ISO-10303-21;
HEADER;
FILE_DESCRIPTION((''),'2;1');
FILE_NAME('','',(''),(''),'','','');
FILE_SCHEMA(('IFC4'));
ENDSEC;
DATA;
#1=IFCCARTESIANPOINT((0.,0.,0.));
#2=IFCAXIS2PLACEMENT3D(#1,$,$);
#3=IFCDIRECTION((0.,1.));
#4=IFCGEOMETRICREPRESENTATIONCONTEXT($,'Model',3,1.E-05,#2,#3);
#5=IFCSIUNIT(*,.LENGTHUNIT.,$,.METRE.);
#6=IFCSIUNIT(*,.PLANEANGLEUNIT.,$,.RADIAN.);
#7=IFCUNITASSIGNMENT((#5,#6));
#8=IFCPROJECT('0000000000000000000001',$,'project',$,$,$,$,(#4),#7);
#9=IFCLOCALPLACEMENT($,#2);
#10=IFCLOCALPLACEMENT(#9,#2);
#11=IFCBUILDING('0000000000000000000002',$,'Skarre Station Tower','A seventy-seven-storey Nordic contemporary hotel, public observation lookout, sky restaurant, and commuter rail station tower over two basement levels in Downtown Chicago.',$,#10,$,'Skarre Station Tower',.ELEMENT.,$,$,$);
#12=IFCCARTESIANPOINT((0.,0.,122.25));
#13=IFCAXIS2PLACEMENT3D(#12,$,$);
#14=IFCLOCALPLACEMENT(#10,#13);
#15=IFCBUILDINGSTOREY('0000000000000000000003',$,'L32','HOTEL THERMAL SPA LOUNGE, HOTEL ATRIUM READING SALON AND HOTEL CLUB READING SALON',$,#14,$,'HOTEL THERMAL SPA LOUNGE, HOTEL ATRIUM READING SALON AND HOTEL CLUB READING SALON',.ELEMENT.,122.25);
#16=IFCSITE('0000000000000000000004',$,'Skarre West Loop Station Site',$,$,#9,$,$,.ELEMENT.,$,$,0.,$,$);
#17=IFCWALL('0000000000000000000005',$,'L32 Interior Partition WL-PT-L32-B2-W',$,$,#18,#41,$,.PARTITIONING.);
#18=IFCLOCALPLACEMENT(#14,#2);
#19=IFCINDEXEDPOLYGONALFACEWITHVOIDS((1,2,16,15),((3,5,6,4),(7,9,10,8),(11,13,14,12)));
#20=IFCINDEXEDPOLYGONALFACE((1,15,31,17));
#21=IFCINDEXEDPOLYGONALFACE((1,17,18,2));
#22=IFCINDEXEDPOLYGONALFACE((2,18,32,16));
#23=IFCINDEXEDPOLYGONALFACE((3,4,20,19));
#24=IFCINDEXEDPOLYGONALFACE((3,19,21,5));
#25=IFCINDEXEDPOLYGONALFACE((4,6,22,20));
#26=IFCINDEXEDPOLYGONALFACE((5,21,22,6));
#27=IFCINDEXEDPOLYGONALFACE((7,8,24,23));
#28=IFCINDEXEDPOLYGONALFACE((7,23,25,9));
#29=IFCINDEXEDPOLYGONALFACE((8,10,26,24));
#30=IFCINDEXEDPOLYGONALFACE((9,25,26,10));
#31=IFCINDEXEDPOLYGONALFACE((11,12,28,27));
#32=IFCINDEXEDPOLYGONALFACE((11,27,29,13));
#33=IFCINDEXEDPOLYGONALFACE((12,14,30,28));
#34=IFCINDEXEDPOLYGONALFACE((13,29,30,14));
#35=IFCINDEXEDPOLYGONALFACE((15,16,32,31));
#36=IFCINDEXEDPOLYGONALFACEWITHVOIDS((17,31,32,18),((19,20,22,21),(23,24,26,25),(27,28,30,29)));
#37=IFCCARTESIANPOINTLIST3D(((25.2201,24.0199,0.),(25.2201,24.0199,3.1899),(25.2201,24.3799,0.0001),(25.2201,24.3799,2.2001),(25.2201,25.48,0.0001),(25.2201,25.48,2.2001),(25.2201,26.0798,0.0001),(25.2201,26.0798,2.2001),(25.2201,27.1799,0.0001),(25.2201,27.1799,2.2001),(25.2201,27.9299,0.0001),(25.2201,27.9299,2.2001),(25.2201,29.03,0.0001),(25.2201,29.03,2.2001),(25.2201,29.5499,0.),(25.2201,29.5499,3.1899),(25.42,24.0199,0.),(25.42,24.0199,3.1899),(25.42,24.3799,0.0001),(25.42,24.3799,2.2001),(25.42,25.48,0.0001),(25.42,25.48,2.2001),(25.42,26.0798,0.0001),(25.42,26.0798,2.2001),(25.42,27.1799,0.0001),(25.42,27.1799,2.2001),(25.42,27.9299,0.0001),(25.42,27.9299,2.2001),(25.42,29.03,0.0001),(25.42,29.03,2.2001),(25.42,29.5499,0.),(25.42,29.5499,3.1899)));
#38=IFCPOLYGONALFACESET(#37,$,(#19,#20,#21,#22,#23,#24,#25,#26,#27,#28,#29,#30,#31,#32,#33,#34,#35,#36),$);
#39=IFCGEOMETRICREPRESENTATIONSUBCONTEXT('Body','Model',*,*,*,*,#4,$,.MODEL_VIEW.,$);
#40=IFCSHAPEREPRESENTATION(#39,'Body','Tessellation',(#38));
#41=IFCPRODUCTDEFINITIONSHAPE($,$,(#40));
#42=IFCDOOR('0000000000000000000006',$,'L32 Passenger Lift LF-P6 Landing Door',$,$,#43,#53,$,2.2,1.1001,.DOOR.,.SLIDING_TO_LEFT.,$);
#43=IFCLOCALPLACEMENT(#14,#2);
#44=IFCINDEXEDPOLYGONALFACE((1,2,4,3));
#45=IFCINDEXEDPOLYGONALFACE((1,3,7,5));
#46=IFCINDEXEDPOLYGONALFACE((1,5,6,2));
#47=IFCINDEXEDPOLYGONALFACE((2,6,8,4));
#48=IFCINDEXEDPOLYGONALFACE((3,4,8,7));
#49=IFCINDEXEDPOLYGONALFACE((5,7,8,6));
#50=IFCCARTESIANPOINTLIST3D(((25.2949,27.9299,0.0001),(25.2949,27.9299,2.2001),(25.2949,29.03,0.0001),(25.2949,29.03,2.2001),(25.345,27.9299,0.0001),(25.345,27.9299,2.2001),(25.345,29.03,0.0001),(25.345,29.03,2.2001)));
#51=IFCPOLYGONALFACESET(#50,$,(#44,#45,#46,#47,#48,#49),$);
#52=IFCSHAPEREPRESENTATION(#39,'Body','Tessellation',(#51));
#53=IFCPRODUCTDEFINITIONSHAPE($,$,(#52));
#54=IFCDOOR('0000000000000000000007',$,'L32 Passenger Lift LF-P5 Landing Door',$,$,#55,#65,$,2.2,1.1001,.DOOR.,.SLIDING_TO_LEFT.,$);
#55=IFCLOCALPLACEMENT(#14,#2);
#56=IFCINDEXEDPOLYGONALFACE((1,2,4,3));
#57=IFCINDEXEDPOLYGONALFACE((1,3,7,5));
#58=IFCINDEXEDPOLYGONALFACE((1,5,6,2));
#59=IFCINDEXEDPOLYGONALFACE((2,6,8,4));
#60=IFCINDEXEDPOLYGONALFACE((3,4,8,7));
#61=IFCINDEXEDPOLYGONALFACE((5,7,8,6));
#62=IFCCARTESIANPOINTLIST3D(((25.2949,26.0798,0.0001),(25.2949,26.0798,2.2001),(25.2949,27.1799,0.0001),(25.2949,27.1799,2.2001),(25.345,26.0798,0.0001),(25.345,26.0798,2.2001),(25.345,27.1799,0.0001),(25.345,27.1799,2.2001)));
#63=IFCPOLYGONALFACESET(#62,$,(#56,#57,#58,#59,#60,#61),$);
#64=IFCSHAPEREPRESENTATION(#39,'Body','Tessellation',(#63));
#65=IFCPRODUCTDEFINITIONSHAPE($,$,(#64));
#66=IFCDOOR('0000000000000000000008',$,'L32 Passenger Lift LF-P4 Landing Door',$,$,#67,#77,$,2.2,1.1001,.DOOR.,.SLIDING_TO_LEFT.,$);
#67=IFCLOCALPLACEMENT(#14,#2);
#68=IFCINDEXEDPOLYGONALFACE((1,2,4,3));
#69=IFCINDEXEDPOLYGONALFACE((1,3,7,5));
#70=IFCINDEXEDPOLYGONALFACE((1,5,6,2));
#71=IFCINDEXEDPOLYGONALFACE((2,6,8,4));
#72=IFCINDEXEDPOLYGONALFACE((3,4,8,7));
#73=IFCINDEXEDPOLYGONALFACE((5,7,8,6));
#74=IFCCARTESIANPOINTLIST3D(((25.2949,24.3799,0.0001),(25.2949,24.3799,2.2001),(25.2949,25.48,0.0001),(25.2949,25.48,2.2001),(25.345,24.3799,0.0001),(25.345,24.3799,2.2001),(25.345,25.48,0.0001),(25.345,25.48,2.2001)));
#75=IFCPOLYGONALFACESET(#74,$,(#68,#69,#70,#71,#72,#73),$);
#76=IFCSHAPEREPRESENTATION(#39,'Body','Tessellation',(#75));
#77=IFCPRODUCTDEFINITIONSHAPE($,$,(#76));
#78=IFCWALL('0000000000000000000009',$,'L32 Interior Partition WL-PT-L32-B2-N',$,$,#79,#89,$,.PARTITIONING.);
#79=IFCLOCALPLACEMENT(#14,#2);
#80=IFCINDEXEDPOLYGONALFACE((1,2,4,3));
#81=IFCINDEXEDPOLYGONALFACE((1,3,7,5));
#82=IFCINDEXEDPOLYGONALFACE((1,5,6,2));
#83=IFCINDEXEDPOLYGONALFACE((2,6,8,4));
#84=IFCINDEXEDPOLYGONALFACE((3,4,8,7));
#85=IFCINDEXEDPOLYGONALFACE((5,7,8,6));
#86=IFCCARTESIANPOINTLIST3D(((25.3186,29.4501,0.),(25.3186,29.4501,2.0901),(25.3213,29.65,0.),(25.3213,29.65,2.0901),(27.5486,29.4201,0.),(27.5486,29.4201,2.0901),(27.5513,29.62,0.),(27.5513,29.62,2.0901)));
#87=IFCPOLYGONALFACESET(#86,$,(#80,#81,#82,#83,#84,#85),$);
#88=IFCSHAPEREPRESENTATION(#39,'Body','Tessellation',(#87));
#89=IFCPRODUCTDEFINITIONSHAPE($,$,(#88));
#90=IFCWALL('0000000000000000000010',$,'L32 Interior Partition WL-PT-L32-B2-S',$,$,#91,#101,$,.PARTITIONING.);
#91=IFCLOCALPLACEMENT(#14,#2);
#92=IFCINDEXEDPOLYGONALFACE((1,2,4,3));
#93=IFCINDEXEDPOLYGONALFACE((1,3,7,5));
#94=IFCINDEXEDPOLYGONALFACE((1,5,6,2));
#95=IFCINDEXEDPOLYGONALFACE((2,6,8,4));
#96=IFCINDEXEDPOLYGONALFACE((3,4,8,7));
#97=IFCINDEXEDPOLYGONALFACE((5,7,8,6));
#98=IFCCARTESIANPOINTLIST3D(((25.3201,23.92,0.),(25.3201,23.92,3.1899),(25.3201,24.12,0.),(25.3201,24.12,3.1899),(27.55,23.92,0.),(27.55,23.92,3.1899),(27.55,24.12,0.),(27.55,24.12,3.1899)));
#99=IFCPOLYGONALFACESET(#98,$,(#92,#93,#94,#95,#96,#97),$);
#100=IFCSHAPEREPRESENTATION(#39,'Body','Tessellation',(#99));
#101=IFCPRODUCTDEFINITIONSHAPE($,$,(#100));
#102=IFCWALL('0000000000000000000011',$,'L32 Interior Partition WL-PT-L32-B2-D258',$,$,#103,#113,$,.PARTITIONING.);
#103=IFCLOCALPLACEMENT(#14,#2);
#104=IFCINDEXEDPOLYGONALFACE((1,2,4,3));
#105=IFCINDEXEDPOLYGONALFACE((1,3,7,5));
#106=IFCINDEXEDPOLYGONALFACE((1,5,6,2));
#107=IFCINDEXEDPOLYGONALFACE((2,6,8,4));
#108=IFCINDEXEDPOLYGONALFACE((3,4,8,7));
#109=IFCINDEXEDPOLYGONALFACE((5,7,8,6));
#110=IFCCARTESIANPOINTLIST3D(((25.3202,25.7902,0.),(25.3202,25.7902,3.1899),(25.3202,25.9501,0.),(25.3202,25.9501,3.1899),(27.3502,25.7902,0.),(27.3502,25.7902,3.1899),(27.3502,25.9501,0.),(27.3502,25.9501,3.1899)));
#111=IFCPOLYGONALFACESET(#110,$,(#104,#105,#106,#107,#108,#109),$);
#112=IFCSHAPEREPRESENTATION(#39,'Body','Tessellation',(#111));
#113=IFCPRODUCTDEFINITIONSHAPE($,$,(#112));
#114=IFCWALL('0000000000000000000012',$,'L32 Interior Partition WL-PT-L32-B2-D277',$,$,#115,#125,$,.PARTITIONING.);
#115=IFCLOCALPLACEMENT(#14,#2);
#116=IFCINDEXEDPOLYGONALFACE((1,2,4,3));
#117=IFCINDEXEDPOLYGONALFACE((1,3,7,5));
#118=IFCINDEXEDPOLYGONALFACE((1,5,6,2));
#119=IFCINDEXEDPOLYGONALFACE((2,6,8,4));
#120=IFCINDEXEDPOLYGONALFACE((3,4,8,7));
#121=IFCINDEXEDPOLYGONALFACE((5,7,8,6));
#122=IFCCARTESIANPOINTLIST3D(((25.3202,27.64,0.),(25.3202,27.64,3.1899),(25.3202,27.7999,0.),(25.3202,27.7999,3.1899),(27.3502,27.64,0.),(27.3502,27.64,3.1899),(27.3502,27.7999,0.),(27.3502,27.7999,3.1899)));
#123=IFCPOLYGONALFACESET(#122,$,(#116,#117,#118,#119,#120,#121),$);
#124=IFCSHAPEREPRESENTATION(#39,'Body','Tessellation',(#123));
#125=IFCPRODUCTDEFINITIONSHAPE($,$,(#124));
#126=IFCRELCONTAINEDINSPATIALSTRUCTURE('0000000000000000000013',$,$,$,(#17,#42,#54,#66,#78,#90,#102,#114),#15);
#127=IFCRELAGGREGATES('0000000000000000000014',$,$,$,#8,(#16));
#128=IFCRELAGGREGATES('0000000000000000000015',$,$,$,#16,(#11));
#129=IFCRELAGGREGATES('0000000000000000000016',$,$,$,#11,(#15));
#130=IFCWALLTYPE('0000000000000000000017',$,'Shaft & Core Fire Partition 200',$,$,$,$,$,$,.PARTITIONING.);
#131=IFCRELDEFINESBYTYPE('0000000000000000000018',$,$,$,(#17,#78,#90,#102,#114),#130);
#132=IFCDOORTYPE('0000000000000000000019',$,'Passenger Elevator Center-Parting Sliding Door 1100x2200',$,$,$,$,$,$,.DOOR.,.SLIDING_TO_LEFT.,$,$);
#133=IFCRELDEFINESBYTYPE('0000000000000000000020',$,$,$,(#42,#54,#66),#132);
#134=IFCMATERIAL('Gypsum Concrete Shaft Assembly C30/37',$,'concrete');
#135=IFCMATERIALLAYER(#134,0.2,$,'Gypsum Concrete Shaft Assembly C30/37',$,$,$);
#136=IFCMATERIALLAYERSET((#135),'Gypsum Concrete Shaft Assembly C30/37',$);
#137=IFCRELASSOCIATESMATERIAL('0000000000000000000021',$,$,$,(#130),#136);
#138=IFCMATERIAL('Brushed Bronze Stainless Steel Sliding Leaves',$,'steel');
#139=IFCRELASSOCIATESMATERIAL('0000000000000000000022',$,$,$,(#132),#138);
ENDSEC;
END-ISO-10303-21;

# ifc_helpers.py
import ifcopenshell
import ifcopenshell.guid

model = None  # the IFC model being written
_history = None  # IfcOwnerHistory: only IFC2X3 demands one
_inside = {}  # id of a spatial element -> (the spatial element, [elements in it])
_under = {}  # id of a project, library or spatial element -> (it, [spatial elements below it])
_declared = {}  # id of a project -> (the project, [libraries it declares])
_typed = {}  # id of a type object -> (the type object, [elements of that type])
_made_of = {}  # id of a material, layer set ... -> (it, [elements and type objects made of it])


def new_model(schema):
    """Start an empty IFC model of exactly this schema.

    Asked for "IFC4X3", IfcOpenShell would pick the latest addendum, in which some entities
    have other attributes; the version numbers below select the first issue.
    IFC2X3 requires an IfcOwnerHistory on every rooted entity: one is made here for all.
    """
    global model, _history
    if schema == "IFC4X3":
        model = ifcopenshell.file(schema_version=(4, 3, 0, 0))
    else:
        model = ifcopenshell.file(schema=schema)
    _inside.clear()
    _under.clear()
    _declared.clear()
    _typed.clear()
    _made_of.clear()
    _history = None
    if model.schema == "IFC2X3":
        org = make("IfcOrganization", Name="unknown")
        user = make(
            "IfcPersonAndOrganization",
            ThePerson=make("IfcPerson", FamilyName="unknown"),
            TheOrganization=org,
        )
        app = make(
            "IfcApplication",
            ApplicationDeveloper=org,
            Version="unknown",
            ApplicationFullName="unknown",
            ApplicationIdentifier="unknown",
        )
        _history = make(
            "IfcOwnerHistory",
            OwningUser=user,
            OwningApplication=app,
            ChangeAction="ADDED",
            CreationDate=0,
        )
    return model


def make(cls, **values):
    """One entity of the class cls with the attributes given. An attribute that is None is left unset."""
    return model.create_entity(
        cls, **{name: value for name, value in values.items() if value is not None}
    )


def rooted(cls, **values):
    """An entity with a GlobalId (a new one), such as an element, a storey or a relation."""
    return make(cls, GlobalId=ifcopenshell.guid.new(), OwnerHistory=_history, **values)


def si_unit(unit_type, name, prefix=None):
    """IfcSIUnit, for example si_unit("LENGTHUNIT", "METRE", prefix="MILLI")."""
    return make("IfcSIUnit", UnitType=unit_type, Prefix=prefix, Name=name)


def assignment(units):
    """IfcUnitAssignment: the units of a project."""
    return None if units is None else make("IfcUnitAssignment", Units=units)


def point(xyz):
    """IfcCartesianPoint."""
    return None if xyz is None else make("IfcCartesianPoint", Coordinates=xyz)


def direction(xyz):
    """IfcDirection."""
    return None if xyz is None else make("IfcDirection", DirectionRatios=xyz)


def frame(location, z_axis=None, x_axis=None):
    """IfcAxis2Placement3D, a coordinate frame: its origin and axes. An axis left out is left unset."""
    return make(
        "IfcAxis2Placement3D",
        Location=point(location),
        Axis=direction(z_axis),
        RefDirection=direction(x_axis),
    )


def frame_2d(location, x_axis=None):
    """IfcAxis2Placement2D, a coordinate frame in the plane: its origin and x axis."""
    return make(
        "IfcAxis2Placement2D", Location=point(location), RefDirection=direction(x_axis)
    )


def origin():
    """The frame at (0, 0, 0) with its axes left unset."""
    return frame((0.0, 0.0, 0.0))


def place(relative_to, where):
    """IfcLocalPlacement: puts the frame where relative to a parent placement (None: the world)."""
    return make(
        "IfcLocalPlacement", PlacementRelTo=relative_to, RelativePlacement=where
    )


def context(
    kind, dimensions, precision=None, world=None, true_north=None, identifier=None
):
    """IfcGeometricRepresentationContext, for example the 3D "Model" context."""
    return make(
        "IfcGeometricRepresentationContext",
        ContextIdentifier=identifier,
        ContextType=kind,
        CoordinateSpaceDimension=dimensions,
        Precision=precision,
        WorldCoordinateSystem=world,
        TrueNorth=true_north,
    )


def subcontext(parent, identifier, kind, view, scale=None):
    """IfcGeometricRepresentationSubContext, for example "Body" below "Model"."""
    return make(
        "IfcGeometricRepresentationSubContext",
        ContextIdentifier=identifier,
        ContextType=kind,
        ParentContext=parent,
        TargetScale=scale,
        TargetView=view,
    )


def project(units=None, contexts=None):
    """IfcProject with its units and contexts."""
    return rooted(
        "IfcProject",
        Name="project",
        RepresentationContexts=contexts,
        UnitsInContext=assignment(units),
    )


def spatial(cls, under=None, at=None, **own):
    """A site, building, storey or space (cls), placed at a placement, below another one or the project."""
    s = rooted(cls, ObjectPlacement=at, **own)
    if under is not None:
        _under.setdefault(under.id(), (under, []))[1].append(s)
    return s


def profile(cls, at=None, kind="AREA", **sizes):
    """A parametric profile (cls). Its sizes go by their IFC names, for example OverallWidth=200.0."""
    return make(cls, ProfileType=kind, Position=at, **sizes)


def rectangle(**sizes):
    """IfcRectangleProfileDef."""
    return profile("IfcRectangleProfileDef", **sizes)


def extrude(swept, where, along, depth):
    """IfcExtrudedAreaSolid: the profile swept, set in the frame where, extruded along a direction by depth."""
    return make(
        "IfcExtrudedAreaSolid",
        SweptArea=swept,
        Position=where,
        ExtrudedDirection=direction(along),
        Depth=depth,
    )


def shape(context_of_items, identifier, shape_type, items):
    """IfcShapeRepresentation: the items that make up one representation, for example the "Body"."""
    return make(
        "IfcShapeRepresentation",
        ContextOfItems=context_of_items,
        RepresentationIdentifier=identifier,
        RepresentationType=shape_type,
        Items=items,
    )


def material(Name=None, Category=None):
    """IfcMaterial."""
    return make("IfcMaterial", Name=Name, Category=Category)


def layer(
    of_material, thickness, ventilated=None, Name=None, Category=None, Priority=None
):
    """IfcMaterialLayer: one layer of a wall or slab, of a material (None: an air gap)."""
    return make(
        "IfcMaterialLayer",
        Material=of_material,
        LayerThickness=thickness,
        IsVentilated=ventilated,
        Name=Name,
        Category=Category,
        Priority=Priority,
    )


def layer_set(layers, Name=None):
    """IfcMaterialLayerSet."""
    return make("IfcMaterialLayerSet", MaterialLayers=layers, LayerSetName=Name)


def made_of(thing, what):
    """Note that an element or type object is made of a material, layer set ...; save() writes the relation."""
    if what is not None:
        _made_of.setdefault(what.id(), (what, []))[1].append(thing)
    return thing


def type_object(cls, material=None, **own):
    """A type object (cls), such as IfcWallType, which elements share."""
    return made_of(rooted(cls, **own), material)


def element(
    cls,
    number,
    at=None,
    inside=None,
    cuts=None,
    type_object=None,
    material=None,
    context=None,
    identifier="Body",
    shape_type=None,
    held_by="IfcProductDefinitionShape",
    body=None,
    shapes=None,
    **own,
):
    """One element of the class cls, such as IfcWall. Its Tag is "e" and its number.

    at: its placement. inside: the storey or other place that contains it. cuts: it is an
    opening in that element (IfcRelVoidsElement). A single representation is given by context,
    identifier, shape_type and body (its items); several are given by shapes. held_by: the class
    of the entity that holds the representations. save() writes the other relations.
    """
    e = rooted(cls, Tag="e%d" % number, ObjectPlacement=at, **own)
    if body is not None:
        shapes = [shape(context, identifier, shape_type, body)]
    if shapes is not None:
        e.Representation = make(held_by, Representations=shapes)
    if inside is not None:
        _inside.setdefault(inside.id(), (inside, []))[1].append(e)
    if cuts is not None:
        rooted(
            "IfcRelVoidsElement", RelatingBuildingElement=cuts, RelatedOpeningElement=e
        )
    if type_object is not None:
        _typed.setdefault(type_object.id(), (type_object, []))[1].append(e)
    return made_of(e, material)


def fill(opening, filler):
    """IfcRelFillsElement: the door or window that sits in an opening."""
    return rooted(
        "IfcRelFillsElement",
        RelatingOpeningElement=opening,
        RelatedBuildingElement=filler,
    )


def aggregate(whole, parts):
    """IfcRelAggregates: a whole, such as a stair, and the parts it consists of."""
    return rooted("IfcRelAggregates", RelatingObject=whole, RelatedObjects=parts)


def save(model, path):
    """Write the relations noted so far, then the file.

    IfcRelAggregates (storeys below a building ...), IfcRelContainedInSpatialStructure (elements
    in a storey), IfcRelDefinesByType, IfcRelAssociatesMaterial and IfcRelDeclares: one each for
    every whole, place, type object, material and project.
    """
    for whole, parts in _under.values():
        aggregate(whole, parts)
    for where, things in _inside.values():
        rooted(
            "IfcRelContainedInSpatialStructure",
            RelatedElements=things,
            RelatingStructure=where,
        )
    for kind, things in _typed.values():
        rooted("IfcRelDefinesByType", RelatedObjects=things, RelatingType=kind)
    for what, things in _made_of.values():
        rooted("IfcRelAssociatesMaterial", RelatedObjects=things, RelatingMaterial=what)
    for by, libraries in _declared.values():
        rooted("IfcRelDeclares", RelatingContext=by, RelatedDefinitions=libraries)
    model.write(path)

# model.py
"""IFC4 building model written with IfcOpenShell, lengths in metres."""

from ifc_helpers import new_model, si_unit, direction, frame, frame_2d, origin, place, context, subcontext, project, spatial, rectangle, extrude, material, layer, layer_set, type_object, element, fill, save


model = new_model("IFC4")

# Units and contexts
model_context = context("Model", 3, precision=1e-05, world=origin(), true_north=direction((0.0, 1.0)))
body_context = subcontext(model_context, "Body", "Model", "MODEL_VIEW")
ifc_project = project(units=[si_unit("LENGTHUNIT", "METRE"), si_unit("PLANEANGLEUNIT", "RADIAN")], contexts=[model_context])

# Site, building, storey
site_placement = place(None, origin())
site = spatial("IfcSite", under=ifc_project, at=site_placement, Name="Skarre West Loop Station Site", CompositionType="ELEMENT", RefElevation=0.0)
building_placement = place(site_placement, origin())
building = spatial("IfcBuilding", under=site, at=building_placement, Name="Skarre Station Tower", Description="A seventy-seven-storey Nordic contemporary hotel, public observation lookout, sky restaurant, and commuter rail station tower over two basement levels in Downtown Chicago.", LongName="Skarre Station Tower", CompositionType="ELEMENT")
storey_placement = place(building_placement, frame((0.0, 0.0, 122.25)))
storey = spatial("IfcBuildingStorey", under=building, at=storey_placement, Name="L32", Description="HOTEL THERMAL SPA LOUNGE, HOTEL ATRIUM READING SALON AND HOTEL CLUB READING SALON", LongName="HOTEL THERMAL SPA LOUNGE, HOTEL ATRIUM READING SALON AND HOTEL CLUB READING SALON", CompositionType="ELEMENT", Elevation=122.25)

# Shared definitions
ifc_material_1 = material(Name="Gypsum Concrete Shaft Assembly C30/37", Category="concrete")
ifc_layer_1 = layer(ifc_material_1, 0.2, Name="Gypsum Concrete Shaft Assembly C30/37")
ifc_layer_set_1 = layer_set([ifc_layer_1], Name="Gypsum Concrete Shaft Assembly C30/37")
wall_type_1 = type_object("IfcWallType", Name="Shaft & Core Fire Partition 200", PredefinedType="PARTITIONING", material=ifc_layer_set_1)

# Wall, openings, doors
wall_1_placement = place(storey_placement, frame((25.3201, 29.55, 0.0), z_axis=(0.0, 0.0, 1.0), x_axis=(0.0, -1.0, 0.0)))
wall_1 = element("IfcWall", 1, at=wall_1_placement, inside=storey, type_object=wall_type_1, Name="L32 Interior Partition WL-PT-L32-B2-W", PredefinedType="PARTITIONING", context=body_context, shape_type="SweptSolid", body=[
    extrude(rectangle(XDim=5.53, YDim=0.2, at=frame_2d((2.7651, 0.0))), origin(), (0.0, 0.0, 1.0), 3.1899),
])
opening_1_placement = place(wall_1_placement, frame((0.52, 0.0, 0.0)))
opening_1 = element("IfcOpeningElement", 2, at=opening_1_placement, cuts=wall_1, PredefinedType="OPENING", context=body_context, shape_type="SweptSolid", body=[
    extrude(rectangle(XDim=1.1001, YDim=2.2, at=frame_2d((0.55, 1.1001))), frame((0.0, 0.1099, 0.0), z_axis=(0.0, -1.0, 0.0), x_axis=(1.0, 0.0, 0.0)), (0.0, 0.0, 1.0), 0.22),
])
opening_2_placement = place(wall_1_placement, frame((2.3701, 0.0, 0.0)))
opening_2 = element("IfcOpeningElement", 3, at=opening_2_placement, cuts=wall_1, PredefinedType="OPENING", context=body_context, shape_type="SweptSolid", body=[
    extrude(rectangle(XDim=1.1001, YDim=2.2, at=frame_2d((0.55, 1.1001))), frame((0.0, 0.1099, 0.0), z_axis=(0.0, -1.0, 0.0), x_axis=(1.0, 0.0, 0.0)), (0.0, 0.0, 1.0), 0.22),
])
opening_3_placement = place(wall_1_placement, frame((4.0701, 0.0, 0.0)))
opening_3 = element("IfcOpeningElement", 4, at=opening_3_placement, cuts=wall_1, PredefinedType="OPENING", context=body_context, shape_type="SweptSolid", body=[
    extrude(rectangle(XDim=1.1001, YDim=2.2, at=frame_2d((0.55, 1.1001))), frame((0.0, 0.1099, 0.0), z_axis=(0.0, -1.0, 0.0), x_axis=(1.0, 0.0, 0.0)), (0.0, 0.0, 1.0), 0.22),
])
ifc_material_2 = material(Name="Brushed Bronze Stainless Steel Sliding Leaves", Category="steel")
door_type_1 = type_object("IfcDoorType", Name="Passenger Elevator Center-Parting Sliding Door 1100x2200", OperationType="SLIDING_TO_LEFT", PredefinedType="DOOR", material=ifc_material_2)
door_1_placement = place(opening_1_placement, origin())
door_1 = element("IfcDoor", 5, at=door_1_placement, inside=storey, type_object=door_type_1, Name="L32 Passenger Lift LF-P6 Landing Door", OperationType="SLIDING_TO_LEFT", OverallHeight=2.2, OverallWidth=1.1001, PredefinedType="DOOR", context=body_context, shape_type="SweptSolid", body=[
    extrude(rectangle(XDim=1.1001, YDim=2.2, at=frame_2d((0.55, 1.1001))), frame((0.0, 0.0249, 0.0), z_axis=(0.0, -1.0, 0.0), x_axis=(1.0, 0.0, 0.0)), (0.0, 0.0, 1.0), 0.05),
])
fill(opening_1, door_1)
door_2_placement = place(opening_2_placement, origin())
door_2 = element("IfcDoor", 6, at=door_2_placement, inside=storey, type_object=door_type_1, Name="L32 Passenger Lift LF-P5 Landing Door", OperationType="SLIDING_TO_LEFT", OverallHeight=2.2, OverallWidth=1.1001, PredefinedType="DOOR", context=body_context, shape_type="SweptSolid", body=[
    extrude(rectangle(XDim=1.1001, YDim=2.2, at=frame_2d((0.55, 1.1001))), frame((0.0, 0.0249, 0.0), z_axis=(0.0, -1.0, 0.0), x_axis=(1.0, 0.0, 0.0)), (0.0, 0.0, 1.0), 0.05),
])
fill(opening_2, door_2)
door_3_placement = place(opening_3_placement, origin())
door_3 = element("IfcDoor", 7, at=door_3_placement, inside=storey, type_object=door_type_1, Name="L32 Passenger Lift LF-P4 Landing Door", OperationType="SLIDING_TO_LEFT", OverallHeight=2.2, OverallWidth=1.1001, PredefinedType="DOOR", context=body_context, shape_type="SweptSolid", body=[
    extrude(rectangle(XDim=1.1001, YDim=2.2, at=frame_2d((0.55, 1.1001))), frame((0.0, 0.0249, 0.0), z_axis=(0.0, -1.0, 0.0), x_axis=(1.0, 0.0, 0.0)), (0.0, 0.0, 1.0), 0.05),
])
fill(opening_3, door_3)

# Walls
wall_2_placement = place(storey_placement, frame((27.55, 29.52, 0.0), z_axis=(0.0, 0.0, 1.0), x_axis=(-0.999909, 0.013465, 0.0)))
element("IfcWall", 8, at=wall_2_placement, inside=storey, type_object=wall_type_1, Name="L32 Interior Partition WL-PT-L32-B2-N", PredefinedType="PARTITIONING", context=body_context, shape_type="SweptSolid", body=[
    extrude(rectangle(XDim=2.2302, YDim=0.2, at=frame_2d((1.1152, 0.0))), origin(), (0.0, 0.0, 1.0), 2.0901),
])
wall_3_placement = place(storey_placement, frame((25.3201, 24.02, 0.0), z_axis=(0.0, 0.0, 1.0), x_axis=(1.0, 0.0, 0.0)))
element("IfcWall", 9, at=wall_3_placement, inside=storey, type_object=wall_type_1, Name="L32 Interior Partition WL-PT-L32-B2-S", PredefinedType="PARTITIONING", context=body_context, shape_type="SweptSolid", body=[
    extrude(rectangle(XDim=2.23, YDim=0.2, at=frame_2d((1.115, 0.0))), origin(), (0.0, 0.0, 1.0), 3.1899),
])
for number, where, z_axis, x_axis, name in (
    (10, (25.3201, 25.8701, 0.0), (0.0, 0.0, 1.0), (1.0, 0.0, 0.0), "L32 Interior Partition WL-PT-L32-B2-D258"),
    (11, (25.3201, 27.72, 0.0), (0.0, 0.0, 1.0), (1.0, 0.0, 0.0), "L32 Interior Partition WL-PT-L32-B2-D277"),
):
    element("IfcWall", number, at=place(storey_placement, frame(where, z_axis=z_axis, x_axis=x_axis)), inside=storey, type_object=wall_type_1, Name=name, PredefinedType="PARTITIONING", context=body_context, shape_type="SweptSolid", body=[
        extrude(rectangle(XDim=2.03, YDim=0.1599, at=frame_2d((1.0151, 0.0))), origin(), (0.0, 0.0, 1.0), 3.1899),
    ])

save(model, "model.ifc")
